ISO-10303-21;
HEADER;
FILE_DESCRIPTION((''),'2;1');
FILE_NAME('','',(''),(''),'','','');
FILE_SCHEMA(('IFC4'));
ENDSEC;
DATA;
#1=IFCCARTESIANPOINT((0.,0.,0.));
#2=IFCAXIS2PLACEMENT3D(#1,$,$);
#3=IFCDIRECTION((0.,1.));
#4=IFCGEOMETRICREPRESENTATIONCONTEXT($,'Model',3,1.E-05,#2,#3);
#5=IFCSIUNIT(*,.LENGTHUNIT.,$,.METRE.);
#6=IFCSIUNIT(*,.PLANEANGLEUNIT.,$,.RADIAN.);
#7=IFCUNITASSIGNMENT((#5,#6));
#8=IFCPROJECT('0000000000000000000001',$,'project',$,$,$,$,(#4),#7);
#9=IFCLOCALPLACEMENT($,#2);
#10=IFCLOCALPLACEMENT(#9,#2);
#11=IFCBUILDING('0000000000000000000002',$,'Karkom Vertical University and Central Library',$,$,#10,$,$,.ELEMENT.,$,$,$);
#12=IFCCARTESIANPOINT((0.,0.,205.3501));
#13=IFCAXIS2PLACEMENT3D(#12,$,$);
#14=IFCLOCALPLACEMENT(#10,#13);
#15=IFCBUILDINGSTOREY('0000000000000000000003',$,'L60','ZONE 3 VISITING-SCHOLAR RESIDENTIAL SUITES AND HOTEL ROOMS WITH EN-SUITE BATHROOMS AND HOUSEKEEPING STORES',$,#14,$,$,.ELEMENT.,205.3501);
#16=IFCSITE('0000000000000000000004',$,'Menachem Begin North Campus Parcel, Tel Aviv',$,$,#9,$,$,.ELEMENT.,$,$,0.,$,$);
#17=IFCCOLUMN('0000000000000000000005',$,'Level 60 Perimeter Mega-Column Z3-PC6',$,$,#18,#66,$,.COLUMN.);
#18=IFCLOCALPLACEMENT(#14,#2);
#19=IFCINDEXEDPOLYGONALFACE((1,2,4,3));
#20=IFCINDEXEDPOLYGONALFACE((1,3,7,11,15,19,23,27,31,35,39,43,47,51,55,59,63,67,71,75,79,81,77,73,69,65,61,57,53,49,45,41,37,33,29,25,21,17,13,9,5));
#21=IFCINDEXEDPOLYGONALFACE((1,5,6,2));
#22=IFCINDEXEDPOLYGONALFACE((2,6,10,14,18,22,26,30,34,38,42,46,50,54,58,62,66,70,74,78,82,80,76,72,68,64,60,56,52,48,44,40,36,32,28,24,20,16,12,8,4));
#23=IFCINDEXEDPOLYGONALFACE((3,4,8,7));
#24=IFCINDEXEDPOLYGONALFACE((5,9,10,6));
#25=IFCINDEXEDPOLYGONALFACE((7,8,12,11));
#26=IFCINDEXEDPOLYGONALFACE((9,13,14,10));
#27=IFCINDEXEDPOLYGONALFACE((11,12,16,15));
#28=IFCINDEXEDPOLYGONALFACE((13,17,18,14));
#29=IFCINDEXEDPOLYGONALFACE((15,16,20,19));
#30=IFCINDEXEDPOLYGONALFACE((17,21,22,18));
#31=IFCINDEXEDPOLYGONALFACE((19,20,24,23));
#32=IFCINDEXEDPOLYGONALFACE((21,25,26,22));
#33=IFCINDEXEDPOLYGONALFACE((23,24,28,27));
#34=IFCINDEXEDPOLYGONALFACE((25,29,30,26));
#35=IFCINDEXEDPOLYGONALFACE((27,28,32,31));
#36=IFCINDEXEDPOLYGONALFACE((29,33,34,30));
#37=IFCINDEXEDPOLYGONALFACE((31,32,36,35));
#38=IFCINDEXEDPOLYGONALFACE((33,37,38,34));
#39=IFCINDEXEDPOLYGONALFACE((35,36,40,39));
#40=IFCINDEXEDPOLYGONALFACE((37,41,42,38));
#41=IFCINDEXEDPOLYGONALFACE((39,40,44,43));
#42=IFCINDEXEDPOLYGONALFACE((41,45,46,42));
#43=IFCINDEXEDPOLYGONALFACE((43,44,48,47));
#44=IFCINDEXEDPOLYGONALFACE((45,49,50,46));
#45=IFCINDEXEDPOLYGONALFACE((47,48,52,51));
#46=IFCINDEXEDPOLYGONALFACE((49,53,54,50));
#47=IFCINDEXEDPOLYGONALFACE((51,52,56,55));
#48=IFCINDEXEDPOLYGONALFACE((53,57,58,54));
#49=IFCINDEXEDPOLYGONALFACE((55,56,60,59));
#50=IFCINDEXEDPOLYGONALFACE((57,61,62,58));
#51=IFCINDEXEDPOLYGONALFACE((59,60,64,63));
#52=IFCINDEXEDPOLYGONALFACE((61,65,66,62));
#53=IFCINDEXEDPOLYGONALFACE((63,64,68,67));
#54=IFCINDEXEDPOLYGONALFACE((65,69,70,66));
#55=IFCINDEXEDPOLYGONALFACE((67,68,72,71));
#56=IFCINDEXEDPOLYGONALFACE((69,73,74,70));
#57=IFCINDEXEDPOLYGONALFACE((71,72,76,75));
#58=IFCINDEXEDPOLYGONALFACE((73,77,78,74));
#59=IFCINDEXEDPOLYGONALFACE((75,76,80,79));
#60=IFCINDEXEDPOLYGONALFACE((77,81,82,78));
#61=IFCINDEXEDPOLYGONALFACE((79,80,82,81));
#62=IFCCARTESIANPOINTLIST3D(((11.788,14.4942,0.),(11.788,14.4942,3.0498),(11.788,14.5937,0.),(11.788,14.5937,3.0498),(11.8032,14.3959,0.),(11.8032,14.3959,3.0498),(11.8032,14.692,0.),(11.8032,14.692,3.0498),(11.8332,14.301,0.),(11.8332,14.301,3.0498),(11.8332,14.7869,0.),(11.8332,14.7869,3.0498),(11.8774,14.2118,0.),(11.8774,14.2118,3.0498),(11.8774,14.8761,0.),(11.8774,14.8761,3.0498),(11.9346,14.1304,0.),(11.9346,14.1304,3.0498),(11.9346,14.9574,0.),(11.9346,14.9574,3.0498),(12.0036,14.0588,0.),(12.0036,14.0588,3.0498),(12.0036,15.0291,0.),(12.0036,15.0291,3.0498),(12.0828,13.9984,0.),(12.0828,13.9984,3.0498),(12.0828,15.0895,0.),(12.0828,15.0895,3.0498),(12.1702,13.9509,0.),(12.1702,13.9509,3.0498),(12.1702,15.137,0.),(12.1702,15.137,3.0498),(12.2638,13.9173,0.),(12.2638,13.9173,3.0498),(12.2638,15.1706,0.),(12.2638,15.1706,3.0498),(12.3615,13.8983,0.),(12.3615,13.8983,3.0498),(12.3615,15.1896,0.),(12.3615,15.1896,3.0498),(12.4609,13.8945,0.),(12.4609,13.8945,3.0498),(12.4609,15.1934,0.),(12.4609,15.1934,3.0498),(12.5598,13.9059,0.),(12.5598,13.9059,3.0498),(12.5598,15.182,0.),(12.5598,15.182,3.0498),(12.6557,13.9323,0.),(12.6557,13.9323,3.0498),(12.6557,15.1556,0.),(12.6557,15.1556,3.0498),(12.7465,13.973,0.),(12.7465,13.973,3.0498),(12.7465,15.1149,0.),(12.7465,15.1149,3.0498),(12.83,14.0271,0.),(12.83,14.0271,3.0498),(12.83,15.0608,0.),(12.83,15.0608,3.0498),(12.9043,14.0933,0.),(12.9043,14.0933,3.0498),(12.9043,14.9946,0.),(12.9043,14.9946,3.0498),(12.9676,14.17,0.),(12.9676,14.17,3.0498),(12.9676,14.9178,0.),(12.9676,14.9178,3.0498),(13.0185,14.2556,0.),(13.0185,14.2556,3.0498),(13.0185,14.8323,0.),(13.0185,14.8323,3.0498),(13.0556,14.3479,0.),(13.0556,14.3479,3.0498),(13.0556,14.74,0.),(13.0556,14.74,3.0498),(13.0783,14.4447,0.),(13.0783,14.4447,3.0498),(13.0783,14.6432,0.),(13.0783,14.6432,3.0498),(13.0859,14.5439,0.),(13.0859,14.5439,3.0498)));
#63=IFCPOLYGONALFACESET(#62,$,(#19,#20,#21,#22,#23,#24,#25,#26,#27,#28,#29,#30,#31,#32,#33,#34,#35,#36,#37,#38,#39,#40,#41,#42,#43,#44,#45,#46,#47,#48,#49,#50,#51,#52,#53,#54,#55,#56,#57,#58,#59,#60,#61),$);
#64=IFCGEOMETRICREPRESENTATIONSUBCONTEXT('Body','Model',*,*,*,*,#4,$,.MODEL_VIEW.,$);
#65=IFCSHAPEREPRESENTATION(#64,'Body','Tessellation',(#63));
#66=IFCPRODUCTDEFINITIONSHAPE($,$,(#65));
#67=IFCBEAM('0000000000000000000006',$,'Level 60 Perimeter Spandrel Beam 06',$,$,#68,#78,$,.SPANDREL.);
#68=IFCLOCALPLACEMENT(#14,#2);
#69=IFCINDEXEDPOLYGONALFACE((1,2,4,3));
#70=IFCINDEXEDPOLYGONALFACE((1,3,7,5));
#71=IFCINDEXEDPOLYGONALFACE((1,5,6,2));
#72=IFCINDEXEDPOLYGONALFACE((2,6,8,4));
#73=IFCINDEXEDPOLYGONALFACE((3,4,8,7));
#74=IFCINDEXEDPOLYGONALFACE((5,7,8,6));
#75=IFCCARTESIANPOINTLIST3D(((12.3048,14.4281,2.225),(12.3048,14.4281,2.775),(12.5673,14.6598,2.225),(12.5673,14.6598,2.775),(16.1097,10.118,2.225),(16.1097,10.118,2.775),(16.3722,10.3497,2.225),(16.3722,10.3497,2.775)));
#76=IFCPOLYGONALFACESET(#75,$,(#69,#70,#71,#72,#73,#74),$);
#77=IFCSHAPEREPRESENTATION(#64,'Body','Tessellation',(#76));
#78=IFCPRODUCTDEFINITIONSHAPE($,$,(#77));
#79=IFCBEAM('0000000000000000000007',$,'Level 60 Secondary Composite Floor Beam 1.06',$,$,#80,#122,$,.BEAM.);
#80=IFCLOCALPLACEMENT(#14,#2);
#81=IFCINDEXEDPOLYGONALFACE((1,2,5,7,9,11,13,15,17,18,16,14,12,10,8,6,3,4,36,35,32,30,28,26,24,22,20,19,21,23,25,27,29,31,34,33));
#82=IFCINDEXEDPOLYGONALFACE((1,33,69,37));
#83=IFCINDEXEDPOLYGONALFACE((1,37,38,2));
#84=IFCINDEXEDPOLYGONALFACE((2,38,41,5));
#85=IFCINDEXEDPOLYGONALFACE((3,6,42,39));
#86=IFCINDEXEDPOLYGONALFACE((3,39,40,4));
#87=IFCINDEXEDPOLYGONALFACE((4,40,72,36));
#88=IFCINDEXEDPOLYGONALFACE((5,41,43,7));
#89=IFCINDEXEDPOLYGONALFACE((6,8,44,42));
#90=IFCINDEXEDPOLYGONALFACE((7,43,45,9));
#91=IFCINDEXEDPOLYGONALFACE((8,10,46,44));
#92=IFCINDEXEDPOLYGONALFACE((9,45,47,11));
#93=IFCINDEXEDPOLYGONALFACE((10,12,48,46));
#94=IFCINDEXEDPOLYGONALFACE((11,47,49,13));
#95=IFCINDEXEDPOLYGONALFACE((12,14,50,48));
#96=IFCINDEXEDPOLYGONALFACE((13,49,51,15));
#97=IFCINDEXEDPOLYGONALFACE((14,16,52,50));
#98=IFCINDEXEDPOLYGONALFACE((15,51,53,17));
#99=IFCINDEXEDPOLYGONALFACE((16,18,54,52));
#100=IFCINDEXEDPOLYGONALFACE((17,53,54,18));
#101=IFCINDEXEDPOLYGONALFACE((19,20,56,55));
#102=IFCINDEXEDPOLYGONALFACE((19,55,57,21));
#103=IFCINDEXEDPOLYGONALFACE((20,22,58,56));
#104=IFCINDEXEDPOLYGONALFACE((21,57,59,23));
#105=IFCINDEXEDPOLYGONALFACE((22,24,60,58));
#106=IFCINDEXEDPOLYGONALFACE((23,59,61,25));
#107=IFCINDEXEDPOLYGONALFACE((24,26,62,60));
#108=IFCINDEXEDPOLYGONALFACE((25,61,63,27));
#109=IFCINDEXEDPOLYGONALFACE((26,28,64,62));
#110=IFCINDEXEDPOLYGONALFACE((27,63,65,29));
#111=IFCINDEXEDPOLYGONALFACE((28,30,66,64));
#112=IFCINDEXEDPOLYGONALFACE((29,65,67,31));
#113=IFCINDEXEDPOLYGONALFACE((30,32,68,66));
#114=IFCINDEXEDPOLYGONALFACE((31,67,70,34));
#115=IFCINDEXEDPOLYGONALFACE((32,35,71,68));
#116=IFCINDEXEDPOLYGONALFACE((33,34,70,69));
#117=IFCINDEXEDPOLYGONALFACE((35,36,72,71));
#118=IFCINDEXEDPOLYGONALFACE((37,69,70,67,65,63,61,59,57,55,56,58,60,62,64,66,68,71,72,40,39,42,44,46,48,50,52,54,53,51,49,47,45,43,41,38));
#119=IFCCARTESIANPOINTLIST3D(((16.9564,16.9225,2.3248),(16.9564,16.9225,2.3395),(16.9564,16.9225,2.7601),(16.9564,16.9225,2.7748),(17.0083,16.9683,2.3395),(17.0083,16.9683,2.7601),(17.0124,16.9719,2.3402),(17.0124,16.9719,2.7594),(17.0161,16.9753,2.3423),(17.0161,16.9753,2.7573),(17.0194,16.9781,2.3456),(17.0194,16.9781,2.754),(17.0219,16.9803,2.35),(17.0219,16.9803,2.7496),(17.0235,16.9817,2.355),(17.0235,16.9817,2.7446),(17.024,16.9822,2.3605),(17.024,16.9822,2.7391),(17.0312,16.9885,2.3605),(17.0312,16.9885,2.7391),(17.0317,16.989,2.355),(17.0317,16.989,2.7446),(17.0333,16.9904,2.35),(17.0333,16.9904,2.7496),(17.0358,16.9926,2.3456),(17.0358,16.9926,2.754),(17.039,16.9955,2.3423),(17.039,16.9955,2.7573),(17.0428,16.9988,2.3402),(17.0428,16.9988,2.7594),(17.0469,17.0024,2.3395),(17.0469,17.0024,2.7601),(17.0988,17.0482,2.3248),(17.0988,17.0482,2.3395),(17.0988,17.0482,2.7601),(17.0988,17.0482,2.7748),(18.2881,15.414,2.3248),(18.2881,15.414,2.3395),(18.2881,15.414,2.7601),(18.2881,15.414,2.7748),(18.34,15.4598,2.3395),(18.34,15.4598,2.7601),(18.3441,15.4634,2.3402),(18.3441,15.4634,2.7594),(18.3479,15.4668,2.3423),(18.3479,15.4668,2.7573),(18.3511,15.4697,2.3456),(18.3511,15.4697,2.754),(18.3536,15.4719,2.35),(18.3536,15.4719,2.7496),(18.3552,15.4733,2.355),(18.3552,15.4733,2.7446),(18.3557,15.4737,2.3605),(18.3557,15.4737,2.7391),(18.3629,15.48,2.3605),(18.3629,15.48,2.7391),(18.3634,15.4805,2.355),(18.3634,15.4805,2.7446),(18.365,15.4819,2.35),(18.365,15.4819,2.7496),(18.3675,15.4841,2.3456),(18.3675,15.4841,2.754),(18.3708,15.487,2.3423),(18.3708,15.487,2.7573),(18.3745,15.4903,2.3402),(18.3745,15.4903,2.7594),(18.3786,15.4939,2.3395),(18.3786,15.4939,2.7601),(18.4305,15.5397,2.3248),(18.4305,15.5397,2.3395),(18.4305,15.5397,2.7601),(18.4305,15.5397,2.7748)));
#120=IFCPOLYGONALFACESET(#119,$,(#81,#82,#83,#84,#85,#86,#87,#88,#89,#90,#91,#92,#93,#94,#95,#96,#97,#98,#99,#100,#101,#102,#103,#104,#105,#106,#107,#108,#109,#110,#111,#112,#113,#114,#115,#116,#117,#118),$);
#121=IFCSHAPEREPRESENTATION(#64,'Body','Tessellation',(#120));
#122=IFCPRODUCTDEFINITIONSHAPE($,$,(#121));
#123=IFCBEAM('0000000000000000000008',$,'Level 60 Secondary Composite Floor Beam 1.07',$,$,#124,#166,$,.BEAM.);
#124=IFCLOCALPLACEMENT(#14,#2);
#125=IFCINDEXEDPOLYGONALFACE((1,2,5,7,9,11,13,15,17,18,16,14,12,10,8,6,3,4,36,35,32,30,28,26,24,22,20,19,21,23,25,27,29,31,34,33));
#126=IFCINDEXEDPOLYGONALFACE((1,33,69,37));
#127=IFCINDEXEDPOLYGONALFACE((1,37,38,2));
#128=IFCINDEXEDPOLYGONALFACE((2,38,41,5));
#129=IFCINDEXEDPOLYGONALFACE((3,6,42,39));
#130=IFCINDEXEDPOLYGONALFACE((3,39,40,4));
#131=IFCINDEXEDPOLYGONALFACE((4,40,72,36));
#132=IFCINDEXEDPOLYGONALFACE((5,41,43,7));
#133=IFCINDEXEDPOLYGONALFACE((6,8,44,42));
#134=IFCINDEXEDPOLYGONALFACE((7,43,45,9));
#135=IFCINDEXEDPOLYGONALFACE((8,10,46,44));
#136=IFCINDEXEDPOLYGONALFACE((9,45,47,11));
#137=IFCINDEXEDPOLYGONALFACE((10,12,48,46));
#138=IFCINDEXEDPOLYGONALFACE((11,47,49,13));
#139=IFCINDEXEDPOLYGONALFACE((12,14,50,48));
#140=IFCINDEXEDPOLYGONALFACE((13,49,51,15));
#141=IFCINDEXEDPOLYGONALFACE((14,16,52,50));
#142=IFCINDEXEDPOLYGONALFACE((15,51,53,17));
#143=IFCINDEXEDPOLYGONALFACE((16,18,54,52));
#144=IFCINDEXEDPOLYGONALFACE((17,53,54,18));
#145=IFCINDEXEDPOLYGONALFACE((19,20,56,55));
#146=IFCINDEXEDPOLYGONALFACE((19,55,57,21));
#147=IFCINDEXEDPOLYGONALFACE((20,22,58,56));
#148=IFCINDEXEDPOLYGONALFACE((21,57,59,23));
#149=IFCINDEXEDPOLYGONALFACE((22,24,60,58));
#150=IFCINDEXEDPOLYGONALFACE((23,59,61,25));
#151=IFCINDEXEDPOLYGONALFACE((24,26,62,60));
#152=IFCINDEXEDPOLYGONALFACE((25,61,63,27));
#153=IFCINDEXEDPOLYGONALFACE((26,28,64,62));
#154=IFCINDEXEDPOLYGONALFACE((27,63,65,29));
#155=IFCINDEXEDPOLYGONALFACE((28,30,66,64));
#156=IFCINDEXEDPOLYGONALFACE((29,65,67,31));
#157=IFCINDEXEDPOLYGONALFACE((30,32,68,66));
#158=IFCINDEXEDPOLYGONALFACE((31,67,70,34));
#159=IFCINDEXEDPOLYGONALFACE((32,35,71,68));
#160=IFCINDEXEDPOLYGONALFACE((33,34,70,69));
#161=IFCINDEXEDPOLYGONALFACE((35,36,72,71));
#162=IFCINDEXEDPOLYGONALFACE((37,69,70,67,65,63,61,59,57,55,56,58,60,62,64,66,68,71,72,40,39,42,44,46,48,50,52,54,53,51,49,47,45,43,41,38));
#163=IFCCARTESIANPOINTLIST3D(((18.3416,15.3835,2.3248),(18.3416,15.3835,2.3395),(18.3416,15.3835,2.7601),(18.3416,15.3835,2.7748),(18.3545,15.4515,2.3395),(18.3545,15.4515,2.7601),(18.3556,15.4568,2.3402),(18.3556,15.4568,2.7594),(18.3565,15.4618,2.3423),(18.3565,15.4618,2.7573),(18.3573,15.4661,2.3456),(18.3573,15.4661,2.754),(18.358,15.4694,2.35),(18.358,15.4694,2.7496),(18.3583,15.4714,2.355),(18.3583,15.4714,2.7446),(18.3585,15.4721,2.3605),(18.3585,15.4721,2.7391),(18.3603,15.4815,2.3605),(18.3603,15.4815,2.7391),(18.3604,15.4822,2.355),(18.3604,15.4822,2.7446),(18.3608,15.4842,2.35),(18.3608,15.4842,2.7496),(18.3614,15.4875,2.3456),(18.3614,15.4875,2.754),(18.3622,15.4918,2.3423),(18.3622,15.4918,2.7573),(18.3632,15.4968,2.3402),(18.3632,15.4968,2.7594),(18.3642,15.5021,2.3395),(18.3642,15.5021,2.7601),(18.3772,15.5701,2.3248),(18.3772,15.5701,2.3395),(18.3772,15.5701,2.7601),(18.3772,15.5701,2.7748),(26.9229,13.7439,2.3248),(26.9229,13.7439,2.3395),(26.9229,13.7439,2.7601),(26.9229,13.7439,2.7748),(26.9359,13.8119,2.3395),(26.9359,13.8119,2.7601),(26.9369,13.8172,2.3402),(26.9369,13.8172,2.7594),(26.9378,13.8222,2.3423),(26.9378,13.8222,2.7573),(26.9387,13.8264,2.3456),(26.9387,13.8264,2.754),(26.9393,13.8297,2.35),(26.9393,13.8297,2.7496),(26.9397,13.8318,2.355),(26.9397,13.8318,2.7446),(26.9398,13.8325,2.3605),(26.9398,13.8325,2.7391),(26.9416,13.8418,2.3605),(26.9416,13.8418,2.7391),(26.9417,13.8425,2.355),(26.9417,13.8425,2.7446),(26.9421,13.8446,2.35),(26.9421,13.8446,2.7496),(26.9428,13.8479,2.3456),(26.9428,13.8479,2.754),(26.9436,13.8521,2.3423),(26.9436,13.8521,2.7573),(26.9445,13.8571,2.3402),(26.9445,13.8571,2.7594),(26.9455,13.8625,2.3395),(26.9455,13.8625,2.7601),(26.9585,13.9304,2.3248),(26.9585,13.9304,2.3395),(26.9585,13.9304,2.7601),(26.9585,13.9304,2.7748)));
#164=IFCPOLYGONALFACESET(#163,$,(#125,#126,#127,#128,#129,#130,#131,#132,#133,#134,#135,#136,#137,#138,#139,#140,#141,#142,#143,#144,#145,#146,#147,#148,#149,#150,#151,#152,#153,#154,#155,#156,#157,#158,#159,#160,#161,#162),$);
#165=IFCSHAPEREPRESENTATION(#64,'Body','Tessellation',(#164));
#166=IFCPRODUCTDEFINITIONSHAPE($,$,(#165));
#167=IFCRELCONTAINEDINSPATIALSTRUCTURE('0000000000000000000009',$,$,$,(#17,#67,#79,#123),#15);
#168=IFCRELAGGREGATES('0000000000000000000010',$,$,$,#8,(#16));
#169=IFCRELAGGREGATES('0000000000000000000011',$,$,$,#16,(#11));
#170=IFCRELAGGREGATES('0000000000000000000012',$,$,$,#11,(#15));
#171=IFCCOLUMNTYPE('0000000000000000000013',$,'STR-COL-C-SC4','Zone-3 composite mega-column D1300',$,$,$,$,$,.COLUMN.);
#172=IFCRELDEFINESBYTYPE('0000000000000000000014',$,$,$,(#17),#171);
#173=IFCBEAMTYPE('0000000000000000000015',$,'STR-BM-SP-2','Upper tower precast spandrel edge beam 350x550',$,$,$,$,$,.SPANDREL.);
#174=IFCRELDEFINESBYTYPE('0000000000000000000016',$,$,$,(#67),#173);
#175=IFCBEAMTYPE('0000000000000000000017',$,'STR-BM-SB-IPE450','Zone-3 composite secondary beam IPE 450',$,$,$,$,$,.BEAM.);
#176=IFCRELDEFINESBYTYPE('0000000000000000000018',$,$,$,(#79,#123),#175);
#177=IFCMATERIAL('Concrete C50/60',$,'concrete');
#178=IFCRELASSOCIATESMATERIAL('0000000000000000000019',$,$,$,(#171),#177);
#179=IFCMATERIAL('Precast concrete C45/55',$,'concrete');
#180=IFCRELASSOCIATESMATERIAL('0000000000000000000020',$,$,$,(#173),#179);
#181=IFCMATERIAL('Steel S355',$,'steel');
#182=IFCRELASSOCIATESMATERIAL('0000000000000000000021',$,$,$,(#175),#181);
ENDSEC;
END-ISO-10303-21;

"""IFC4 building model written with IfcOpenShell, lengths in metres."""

from ifc_helpers import new_model, si_unit, direction, frame, origin, origin_with_axes, origin_2d, place, context, subcontext, project, spatial, rectangle, circle, i_section, extrude, source, transform, mapped, material, material_profile, profile_set, type_object, element, save


model = new_model("IFC4")

# Units and contexts
model_context = context("Model", 3, precision=1e-05, world=origin(), true_north=direction((0.0, 1.0)))
body_context = subcontext(model_context, "Body", "Model", "MODEL_VIEW")
ifc_project = project(units=[si_unit("LENGTHUNIT", "METRE"), si_unit("PLANEANGLEUNIT", "RADIAN")], contexts=[model_context])

# Site, building, storey
site_placement = place(None, origin())
site = spatial("IfcSite", under=ifc_project, at=site_placement, Name="Menachem Begin North Campus Parcel, Tel Aviv", CompositionType="ELEMENT", RefElevation=0.0)
building_placement = place(site_placement, origin())
building = spatial("IfcBuilding", under=site, at=building_placement, Name="Karkom Vertical University and Central Library", CompositionType="ELEMENT")
storey_placement = place(building_placement, frame((0.0, 0.0, 205.3501)))
storey = spatial("IfcBuildingStorey", under=building, at=storey_placement, Name="L60", Description="ZONE 3 VISITING-SCHOLAR RESIDENTIAL SUITES AND HOTEL ROOMS WITH EN-SUITE BATHROOMS AND HOUSEKEEPING STORES", CompositionType="ELEMENT", Elevation=205.3501)

# Column
ifc_material_1 = material(Name="Concrete C50/60", Category="concrete")
ifc_material_profile_1 = material_profile(ifc_material_1, circle(Radius=0.6499, at=origin_2d()), Name="CFT-D1300")
ifc_profile_set_1 = profile_set([ifc_material_profile_1], Name="Concrete C50/60")
column_type = type_object("IfcColumnType", Name="STR-COL-C-SC4", Description="Zone-3 composite mega-column D1300", PredefinedType="COLUMN", material=ifc_profile_set_1)
shared_shape_1 = source(origin_with_axes(), body_context, "Body", "SweptSolid", [
    extrude(circle(Radius=0.6499, at=origin_2d()), origin(), (0.0, 0.0, 1.0), 3.0498),
])
column_placement = place(storey_placement, frame((12.436, 14.5439, 0.0), z_axis=(0.0, 0.0, 1.0), x_axis=(1.0, 0.0, 0.0)))
element("IfcColumn", 1, at=column_placement, inside=storey, type_object=column_type, Name="Level 60 Perimeter Mega-Column Z3-PC6", PredefinedType="COLUMN", context=body_context, shape_type="MappedRepresentation", body=[
    mapped(shared_shape_1, transform((0.0, 0.0, 0.0), scale=1.0)),
])

# Beams
ifc_material_2 = material(Name="Precast concrete C45/55", Category="concrete")
ifc_material_profile_2 = material_profile(ifc_material_2, rectangle(XDim=0.3501, YDim=0.55, at=origin_2d()), Name="SPB-350x550")
ifc_profile_set_2 = profile_set([ifc_material_profile_2], Name="Precast concrete C45/55")
beam_type_1 = type_object("IfcBeamType", Name="STR-BM-SP-2", Description="Upper tower precast spandrel edge beam 350x550", PredefinedType="SPANDREL", material=ifc_profile_set_2)
shared_shape_2 = source(origin_with_axes(), body_context, "Body", "SweptSolid", [
    extrude(rectangle(XDim=0.3501, YDim=0.55, at=origin_2d()), origin(), (0.0, 0.0, 1.0), 5.7493),
])
beam_1_placement = place(storey_placement, frame((12.436, 14.5439, 2.5), z_axis=(0.661811, -0.749671, 0.0), x_axis=(0.749671, 0.661811, 0.0)))
element("IfcBeam", 2, at=beam_1_placement, inside=storey, type_object=beam_type_1, Name="Level 60 Perimeter Spandrel Beam 06", PredefinedType="SPANDREL", context=body_context, shape_type="MappedRepresentation", body=[
    mapped(shared_shape_2, transform((0.0, 0.0, 0.0), scale=1.0)),
])
ifc_material_3 = material(Name="Steel S355", Category="steel")
ifc_material_profile_3 = material_profile(ifc_material_3, i_section(OverallWidth=0.1899, OverallDepth=0.45, WebThickness=0.0095, FlangeThickness=0.0146, FilletRadius=0.021, at=origin_2d()), Name="IPE 450")
ifc_profile_set_3 = profile_set([ifc_material_profile_3], Name="Steel S355")
beam_type_2 = type_object("IfcBeamType", Name="STR-BM-SB-IPE450", Description="Zone-3 composite secondary beam IPE 450", PredefinedType="BEAM", material=ifc_profile_set_3)
shared_shape_3 = source(origin_with_axes(), body_context, "Body", "SweptSolid", [
    extrude(i_section(OverallWidth=0.1899, OverallDepth=0.45, WebThickness=0.0095, FlangeThickness=0.0146, FilletRadius=0.021, at=origin_2d()), origin(), (0.0, 0.0, 1.0), 2.0122),
])
beam_2_placement = place(storey_placement, frame((17.0276, 16.9854, 2.5498), z_axis=(0.661822, -0.749661, 0.0), x_axis=(0.749661, 0.661822, 0.0)))
element("IfcBeam", 3, at=beam_2_placement, inside=storey, type_object=beam_type_2, Name="Level 60 Secondary Composite Floor Beam 1.06", PredefinedType="BEAM", context=body_context, shape_type="MappedRepresentation", body=[
    mapped(shared_shape_3, transform((0.0, 0.0, 0.0), scale=1.0)),
])
shared_shape_4 = source(origin_with_axes(), body_context, "Body", "SweptSolid", [
    extrude(i_section(OverallWidth=0.1899, OverallDepth=0.45, WebThickness=0.0095, FlangeThickness=0.0146, FilletRadius=0.021, at=origin_2d()), origin(), (0.0, 0.0, 1.0), 8.7366),
])
beam_3_placement = place(storey_placement, frame((18.3594, 15.4768, 2.5498), z_axis=(0.982231, -0.187677, 0.0), x_axis=(0.187677, 0.982231, 0.0)))
element("IfcBeam", 4, at=beam_3_placement, inside=storey, type_object=beam_type_2, Name="Level 60 Secondary Composite Floor Beam 1.07", PredefinedType="BEAM", context=body_context, shape_type="MappedRepresentation", body=[
    mapped(shared_shape_4, transform((0.0, 0.0, 0.0), scale=1.0)),
])

save(model, "model.ifc")
